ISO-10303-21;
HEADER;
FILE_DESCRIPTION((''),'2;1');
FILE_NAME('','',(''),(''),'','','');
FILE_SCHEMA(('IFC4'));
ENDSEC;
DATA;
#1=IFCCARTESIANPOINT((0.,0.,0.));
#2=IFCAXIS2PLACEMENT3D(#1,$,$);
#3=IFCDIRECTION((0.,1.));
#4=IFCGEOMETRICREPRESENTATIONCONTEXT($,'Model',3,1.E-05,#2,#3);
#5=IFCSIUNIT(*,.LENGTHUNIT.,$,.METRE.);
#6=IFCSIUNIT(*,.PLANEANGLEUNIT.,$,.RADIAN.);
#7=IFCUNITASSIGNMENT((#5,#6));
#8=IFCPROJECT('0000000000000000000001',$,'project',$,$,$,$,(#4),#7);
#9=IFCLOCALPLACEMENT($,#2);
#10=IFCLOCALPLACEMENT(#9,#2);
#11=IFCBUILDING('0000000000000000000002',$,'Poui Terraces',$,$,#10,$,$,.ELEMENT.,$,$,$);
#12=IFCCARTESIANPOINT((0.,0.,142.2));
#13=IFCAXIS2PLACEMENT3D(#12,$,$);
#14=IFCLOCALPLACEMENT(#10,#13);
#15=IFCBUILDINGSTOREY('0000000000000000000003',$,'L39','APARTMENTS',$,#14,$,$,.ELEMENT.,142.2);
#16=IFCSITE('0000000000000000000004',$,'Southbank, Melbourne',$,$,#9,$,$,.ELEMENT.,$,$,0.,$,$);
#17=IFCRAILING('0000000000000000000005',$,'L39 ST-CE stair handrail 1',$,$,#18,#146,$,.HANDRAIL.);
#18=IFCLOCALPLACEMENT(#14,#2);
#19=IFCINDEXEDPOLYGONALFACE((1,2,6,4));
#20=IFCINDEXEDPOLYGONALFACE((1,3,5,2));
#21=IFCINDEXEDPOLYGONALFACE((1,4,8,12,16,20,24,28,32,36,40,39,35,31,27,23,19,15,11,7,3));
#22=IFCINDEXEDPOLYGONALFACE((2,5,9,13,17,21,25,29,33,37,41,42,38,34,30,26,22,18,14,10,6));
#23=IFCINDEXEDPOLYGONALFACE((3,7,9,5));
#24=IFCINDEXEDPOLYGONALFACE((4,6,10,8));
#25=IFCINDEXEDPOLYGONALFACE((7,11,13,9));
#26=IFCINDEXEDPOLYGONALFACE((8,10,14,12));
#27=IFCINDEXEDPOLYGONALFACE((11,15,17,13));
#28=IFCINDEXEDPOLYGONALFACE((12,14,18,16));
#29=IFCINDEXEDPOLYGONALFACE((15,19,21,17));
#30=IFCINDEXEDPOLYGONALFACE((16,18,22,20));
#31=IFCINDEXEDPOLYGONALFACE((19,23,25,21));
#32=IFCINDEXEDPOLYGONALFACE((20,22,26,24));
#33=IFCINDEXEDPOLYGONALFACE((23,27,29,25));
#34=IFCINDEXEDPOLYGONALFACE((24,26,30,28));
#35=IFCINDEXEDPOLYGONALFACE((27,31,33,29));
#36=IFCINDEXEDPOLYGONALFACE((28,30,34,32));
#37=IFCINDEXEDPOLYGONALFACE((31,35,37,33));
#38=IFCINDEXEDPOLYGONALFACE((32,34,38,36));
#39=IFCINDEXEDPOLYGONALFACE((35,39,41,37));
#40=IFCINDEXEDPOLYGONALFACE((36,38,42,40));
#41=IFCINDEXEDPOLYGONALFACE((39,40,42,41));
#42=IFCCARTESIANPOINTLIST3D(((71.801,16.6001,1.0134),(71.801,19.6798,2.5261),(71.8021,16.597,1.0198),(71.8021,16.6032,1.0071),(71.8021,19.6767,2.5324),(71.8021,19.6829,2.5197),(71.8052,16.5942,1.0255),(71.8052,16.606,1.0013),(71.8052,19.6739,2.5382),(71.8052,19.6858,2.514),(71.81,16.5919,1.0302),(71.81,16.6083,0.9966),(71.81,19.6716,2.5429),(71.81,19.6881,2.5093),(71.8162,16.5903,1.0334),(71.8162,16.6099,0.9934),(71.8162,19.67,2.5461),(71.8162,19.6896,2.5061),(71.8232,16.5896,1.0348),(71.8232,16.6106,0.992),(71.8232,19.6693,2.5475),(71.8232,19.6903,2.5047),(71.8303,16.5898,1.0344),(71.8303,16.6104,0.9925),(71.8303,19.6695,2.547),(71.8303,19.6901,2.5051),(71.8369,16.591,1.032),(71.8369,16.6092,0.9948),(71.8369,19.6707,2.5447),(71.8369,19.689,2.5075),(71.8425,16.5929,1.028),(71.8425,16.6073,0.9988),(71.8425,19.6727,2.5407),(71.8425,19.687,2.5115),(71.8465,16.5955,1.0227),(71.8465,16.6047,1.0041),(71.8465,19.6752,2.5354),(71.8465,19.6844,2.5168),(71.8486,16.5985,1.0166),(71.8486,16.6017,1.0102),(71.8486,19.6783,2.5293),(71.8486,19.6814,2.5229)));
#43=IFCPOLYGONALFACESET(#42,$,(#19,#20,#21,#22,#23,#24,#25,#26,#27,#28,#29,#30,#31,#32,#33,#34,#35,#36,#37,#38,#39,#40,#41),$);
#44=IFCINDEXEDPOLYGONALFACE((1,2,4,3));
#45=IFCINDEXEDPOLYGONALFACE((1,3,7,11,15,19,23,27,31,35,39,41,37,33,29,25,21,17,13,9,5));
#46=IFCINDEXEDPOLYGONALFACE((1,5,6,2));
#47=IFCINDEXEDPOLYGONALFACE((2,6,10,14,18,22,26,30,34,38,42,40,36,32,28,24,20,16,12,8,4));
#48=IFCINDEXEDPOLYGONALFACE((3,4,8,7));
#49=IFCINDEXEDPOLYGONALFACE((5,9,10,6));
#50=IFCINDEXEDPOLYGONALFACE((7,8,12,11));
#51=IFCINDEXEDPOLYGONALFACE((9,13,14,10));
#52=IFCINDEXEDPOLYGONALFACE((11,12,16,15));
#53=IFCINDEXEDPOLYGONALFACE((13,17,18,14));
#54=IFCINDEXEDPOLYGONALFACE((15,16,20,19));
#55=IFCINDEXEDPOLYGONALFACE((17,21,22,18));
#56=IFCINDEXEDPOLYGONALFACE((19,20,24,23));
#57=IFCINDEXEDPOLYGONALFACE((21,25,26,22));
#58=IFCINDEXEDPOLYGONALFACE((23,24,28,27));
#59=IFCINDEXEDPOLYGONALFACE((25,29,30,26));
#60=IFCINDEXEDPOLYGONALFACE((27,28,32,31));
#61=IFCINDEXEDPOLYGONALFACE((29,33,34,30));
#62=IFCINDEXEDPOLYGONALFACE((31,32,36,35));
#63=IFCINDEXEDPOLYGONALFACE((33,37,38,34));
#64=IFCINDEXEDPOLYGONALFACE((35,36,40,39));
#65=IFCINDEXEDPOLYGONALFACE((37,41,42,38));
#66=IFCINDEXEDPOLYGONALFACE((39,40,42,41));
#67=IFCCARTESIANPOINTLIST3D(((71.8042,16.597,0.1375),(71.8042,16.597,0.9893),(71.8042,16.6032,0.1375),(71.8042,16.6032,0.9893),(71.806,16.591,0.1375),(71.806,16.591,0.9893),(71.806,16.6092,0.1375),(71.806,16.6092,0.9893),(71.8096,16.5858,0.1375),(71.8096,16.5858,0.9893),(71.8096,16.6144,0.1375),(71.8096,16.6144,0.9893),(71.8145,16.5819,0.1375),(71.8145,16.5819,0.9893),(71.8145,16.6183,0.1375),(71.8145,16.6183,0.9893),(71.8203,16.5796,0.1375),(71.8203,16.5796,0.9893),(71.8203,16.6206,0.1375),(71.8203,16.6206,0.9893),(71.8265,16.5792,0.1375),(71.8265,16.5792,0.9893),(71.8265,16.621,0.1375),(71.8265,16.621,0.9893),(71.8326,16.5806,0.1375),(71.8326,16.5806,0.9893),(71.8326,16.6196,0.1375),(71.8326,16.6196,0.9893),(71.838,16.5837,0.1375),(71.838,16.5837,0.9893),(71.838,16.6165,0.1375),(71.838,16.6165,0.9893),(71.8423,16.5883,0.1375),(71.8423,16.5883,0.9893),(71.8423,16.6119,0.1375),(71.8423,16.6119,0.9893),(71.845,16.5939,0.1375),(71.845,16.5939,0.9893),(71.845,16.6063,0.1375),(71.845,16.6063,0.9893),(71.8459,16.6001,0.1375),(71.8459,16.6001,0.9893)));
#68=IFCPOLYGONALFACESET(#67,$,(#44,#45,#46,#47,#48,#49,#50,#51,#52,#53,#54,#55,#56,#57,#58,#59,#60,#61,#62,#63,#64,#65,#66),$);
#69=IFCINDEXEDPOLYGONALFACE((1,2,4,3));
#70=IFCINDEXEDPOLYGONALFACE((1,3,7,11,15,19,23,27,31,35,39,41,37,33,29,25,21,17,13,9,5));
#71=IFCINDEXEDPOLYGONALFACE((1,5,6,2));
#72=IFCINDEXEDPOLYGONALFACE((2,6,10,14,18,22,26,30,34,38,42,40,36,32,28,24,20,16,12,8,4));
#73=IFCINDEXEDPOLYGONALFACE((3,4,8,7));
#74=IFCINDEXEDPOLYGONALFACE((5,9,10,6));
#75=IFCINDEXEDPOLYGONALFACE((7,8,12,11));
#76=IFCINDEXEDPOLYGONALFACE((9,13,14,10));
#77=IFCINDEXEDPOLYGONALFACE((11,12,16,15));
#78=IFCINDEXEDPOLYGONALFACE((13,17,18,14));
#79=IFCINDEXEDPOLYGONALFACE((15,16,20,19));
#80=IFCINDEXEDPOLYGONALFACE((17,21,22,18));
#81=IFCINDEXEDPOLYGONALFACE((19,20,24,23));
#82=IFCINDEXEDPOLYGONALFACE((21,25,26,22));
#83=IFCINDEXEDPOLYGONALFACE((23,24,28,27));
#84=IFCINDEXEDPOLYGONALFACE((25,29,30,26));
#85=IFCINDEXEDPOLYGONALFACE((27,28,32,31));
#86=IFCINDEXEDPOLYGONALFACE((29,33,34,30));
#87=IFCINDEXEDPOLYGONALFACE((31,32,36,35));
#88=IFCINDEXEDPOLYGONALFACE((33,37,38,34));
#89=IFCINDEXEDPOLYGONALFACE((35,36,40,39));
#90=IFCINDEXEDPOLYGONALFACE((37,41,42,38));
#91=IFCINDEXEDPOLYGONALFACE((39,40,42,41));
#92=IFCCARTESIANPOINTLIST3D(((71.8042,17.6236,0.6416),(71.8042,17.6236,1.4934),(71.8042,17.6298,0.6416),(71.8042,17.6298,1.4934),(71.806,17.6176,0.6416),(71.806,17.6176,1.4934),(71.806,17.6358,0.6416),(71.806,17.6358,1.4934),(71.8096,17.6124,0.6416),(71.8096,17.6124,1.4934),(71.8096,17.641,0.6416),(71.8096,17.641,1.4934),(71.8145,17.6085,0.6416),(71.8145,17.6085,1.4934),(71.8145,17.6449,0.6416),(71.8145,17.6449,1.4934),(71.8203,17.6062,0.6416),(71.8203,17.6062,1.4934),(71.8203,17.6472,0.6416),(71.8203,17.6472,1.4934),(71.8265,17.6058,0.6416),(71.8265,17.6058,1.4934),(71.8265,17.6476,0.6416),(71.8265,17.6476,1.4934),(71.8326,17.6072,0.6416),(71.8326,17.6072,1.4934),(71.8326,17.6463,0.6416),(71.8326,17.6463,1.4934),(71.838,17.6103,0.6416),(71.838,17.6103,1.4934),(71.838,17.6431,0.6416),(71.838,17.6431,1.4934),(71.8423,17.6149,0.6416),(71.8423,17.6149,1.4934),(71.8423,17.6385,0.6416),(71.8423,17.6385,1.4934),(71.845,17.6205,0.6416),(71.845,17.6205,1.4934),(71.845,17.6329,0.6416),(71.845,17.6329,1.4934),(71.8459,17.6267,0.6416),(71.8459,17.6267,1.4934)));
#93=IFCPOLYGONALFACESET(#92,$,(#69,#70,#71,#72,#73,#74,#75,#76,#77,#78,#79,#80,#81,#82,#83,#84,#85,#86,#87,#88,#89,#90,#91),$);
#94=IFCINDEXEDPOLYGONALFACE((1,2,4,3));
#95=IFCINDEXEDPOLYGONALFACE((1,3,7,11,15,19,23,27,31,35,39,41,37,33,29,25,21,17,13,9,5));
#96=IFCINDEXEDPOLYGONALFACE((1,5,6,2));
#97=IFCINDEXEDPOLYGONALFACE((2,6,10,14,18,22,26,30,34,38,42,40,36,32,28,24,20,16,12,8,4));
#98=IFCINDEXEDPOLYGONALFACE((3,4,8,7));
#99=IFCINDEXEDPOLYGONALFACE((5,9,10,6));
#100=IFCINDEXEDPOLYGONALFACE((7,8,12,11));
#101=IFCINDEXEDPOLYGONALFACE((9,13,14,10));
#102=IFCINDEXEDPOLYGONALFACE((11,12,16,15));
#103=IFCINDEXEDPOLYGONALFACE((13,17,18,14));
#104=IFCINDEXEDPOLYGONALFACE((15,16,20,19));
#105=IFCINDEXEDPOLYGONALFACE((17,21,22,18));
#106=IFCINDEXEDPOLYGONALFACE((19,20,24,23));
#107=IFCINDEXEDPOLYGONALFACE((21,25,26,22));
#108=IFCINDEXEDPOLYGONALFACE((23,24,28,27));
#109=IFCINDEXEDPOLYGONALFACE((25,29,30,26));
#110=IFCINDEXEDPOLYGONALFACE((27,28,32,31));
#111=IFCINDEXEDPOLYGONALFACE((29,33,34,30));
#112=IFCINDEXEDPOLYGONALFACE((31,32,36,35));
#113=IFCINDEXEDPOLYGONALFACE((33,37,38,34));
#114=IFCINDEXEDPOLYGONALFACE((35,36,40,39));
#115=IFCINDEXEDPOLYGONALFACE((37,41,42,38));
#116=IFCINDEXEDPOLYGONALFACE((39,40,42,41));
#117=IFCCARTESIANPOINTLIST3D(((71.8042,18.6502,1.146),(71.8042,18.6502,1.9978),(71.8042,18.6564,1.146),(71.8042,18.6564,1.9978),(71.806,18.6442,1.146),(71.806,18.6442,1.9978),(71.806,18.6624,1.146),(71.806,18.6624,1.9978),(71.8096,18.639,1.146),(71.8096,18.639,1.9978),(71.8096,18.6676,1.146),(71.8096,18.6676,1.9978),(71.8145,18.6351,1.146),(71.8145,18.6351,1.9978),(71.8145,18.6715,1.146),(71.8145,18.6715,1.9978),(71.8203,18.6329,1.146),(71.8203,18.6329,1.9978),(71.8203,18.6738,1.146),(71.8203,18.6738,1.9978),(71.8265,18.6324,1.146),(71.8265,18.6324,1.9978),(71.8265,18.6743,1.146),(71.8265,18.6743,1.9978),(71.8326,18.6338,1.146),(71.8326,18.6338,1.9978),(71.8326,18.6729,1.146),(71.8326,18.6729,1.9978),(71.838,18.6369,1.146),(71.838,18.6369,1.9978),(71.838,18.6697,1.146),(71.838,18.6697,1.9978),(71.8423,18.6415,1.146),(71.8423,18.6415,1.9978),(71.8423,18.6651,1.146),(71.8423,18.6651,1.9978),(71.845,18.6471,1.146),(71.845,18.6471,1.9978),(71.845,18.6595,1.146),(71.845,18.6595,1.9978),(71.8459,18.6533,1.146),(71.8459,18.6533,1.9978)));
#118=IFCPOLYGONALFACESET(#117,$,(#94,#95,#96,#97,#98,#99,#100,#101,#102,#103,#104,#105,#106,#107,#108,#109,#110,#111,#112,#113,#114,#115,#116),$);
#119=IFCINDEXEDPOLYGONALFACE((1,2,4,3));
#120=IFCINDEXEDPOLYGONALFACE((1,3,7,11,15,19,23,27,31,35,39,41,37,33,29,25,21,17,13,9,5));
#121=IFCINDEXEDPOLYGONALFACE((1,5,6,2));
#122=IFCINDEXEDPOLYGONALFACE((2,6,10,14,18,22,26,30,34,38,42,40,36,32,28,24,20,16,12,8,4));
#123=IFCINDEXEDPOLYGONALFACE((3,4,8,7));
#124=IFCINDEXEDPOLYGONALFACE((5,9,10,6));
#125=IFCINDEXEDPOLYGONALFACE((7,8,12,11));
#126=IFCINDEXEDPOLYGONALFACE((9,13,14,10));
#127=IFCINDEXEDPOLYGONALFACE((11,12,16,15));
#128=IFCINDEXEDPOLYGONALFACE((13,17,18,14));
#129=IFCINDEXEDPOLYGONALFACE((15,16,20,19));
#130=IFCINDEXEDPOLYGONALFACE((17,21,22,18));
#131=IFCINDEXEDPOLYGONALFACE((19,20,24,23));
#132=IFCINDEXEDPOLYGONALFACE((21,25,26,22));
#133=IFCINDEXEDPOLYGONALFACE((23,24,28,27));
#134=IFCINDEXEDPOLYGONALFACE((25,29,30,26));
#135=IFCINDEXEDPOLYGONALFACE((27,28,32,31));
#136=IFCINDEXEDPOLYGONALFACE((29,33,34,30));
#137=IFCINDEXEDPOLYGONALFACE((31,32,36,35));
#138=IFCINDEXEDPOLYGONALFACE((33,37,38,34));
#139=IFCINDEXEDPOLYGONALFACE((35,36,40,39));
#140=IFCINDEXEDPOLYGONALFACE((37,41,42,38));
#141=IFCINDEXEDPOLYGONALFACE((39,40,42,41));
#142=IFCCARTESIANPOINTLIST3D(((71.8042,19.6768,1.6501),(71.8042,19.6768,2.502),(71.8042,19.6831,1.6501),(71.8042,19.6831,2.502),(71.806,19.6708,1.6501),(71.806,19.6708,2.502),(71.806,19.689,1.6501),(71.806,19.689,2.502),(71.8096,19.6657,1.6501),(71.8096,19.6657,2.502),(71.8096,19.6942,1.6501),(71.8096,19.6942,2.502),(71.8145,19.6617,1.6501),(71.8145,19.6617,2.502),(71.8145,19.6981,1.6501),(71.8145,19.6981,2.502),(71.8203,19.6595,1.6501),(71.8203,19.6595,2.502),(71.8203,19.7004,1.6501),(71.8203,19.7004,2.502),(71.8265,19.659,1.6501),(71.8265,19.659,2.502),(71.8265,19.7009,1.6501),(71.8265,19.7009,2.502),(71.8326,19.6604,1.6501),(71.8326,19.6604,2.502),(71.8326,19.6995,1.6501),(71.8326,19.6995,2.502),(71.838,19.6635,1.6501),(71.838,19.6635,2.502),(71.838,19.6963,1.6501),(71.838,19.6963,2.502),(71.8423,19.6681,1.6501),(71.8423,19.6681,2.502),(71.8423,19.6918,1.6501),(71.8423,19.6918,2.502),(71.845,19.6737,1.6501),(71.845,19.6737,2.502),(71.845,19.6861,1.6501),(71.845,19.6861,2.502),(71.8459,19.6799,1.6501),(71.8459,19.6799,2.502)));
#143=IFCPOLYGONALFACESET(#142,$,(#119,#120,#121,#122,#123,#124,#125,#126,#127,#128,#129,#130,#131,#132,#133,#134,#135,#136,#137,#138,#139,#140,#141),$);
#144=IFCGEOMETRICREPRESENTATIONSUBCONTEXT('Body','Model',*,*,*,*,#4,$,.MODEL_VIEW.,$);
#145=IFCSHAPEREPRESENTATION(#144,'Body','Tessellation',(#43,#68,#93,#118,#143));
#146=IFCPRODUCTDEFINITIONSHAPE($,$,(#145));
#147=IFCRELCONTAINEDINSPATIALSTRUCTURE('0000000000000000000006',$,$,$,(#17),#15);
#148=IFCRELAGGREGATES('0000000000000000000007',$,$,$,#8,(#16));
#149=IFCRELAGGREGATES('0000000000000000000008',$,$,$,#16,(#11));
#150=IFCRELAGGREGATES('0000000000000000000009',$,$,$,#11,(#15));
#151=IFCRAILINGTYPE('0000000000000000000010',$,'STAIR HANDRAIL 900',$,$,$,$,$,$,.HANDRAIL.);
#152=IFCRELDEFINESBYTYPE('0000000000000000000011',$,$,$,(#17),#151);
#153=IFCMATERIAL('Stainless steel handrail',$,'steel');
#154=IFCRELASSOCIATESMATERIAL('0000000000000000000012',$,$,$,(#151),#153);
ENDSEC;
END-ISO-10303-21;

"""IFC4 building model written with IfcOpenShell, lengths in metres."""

from ifc_helpers import new_model, si_unit, direction, frame, origin, origin_2d, place, context, subcontext, project, spatial, circle, extrude, material, type_object, element, save


model = new_model("IFC4")

# Units and contexts
model_context = context("Model", 3, precision=1e-05, world=origin(), true_north=direction((0.0, 1.0)))
body_context = subcontext(model_context, "Body", "Model", "MODEL_VIEW")
ifc_project = project(units=[si_unit("LENGTHUNIT", "METRE"), si_unit("PLANEANGLEUNIT", "RADIAN")], contexts=[model_context])

# Site, building, storey
site_placement = place(None, origin())
site = spatial("IfcSite", under=ifc_project, at=site_placement, Name="Southbank, Melbourne", CompositionType="ELEMENT", RefElevation=0.0)
building_placement = place(site_placement, origin())
building = spatial("IfcBuilding", under=site, at=building_placement, Name="Poui Terraces", CompositionType="ELEMENT")
storey_placement = place(building_placement, frame((0.0, 0.0, 142.2)))
storey = spatial("IfcBuildingStorey", under=building, at=storey_placement, Name="L39", Description="APARTMENTS", CompositionType="ELEMENT", Elevation=142.2)

# Railing
ifc_material_1 = material(Name="Stainless steel handrail", Category="steel")
railing_type_1 = type_object("IfcRailingType", Name="STAIR HANDRAIL 900", PredefinedType="HANDRAIL", material=ifc_material_1)
railing_1_placement = place(storey_placement, frame((71.825, 16.6001, 0.1375)))
element("IfcRailing", 1, at=railing_1_placement, inside=storey, type_object=railing_type_1, Name="L39 ST-CE stair handrail 1", PredefinedType="HANDRAIL", context=body_context, shape_type="SweptSolid", body=[
    extrude(circle(Radius=0.0239, at=origin_2d()), frame((0.0, 0.0, 0.876), z_axis=(0.0, 0.897578, 0.440856), x_axis=(-1.0, 0.0, 0.0)), (0.0, 0.0, 1.0), 3.4312),
    extrude(circle(Radius=0.021, at=origin_2d()), origin(), (0.0, 0.0, 1.0), 0.8518),
    extrude(circle(Radius=0.021, at=origin_2d()), frame((0.0, 1.0266, 0.5042)), (0.0, 0.0, 1.0), 0.8518),
    extrude(circle(Radius=0.021, at=origin_2d()), frame((0.0, 2.0532, 1.0085)), (0.0, 0.0, 1.0), 0.8518),
    extrude(circle(Radius=0.021, at=origin_2d()), frame((0.0, 3.0798, 1.5127)), (0.0, 0.0, 1.0), 0.8518),
])

save(model, "model.ifc")
